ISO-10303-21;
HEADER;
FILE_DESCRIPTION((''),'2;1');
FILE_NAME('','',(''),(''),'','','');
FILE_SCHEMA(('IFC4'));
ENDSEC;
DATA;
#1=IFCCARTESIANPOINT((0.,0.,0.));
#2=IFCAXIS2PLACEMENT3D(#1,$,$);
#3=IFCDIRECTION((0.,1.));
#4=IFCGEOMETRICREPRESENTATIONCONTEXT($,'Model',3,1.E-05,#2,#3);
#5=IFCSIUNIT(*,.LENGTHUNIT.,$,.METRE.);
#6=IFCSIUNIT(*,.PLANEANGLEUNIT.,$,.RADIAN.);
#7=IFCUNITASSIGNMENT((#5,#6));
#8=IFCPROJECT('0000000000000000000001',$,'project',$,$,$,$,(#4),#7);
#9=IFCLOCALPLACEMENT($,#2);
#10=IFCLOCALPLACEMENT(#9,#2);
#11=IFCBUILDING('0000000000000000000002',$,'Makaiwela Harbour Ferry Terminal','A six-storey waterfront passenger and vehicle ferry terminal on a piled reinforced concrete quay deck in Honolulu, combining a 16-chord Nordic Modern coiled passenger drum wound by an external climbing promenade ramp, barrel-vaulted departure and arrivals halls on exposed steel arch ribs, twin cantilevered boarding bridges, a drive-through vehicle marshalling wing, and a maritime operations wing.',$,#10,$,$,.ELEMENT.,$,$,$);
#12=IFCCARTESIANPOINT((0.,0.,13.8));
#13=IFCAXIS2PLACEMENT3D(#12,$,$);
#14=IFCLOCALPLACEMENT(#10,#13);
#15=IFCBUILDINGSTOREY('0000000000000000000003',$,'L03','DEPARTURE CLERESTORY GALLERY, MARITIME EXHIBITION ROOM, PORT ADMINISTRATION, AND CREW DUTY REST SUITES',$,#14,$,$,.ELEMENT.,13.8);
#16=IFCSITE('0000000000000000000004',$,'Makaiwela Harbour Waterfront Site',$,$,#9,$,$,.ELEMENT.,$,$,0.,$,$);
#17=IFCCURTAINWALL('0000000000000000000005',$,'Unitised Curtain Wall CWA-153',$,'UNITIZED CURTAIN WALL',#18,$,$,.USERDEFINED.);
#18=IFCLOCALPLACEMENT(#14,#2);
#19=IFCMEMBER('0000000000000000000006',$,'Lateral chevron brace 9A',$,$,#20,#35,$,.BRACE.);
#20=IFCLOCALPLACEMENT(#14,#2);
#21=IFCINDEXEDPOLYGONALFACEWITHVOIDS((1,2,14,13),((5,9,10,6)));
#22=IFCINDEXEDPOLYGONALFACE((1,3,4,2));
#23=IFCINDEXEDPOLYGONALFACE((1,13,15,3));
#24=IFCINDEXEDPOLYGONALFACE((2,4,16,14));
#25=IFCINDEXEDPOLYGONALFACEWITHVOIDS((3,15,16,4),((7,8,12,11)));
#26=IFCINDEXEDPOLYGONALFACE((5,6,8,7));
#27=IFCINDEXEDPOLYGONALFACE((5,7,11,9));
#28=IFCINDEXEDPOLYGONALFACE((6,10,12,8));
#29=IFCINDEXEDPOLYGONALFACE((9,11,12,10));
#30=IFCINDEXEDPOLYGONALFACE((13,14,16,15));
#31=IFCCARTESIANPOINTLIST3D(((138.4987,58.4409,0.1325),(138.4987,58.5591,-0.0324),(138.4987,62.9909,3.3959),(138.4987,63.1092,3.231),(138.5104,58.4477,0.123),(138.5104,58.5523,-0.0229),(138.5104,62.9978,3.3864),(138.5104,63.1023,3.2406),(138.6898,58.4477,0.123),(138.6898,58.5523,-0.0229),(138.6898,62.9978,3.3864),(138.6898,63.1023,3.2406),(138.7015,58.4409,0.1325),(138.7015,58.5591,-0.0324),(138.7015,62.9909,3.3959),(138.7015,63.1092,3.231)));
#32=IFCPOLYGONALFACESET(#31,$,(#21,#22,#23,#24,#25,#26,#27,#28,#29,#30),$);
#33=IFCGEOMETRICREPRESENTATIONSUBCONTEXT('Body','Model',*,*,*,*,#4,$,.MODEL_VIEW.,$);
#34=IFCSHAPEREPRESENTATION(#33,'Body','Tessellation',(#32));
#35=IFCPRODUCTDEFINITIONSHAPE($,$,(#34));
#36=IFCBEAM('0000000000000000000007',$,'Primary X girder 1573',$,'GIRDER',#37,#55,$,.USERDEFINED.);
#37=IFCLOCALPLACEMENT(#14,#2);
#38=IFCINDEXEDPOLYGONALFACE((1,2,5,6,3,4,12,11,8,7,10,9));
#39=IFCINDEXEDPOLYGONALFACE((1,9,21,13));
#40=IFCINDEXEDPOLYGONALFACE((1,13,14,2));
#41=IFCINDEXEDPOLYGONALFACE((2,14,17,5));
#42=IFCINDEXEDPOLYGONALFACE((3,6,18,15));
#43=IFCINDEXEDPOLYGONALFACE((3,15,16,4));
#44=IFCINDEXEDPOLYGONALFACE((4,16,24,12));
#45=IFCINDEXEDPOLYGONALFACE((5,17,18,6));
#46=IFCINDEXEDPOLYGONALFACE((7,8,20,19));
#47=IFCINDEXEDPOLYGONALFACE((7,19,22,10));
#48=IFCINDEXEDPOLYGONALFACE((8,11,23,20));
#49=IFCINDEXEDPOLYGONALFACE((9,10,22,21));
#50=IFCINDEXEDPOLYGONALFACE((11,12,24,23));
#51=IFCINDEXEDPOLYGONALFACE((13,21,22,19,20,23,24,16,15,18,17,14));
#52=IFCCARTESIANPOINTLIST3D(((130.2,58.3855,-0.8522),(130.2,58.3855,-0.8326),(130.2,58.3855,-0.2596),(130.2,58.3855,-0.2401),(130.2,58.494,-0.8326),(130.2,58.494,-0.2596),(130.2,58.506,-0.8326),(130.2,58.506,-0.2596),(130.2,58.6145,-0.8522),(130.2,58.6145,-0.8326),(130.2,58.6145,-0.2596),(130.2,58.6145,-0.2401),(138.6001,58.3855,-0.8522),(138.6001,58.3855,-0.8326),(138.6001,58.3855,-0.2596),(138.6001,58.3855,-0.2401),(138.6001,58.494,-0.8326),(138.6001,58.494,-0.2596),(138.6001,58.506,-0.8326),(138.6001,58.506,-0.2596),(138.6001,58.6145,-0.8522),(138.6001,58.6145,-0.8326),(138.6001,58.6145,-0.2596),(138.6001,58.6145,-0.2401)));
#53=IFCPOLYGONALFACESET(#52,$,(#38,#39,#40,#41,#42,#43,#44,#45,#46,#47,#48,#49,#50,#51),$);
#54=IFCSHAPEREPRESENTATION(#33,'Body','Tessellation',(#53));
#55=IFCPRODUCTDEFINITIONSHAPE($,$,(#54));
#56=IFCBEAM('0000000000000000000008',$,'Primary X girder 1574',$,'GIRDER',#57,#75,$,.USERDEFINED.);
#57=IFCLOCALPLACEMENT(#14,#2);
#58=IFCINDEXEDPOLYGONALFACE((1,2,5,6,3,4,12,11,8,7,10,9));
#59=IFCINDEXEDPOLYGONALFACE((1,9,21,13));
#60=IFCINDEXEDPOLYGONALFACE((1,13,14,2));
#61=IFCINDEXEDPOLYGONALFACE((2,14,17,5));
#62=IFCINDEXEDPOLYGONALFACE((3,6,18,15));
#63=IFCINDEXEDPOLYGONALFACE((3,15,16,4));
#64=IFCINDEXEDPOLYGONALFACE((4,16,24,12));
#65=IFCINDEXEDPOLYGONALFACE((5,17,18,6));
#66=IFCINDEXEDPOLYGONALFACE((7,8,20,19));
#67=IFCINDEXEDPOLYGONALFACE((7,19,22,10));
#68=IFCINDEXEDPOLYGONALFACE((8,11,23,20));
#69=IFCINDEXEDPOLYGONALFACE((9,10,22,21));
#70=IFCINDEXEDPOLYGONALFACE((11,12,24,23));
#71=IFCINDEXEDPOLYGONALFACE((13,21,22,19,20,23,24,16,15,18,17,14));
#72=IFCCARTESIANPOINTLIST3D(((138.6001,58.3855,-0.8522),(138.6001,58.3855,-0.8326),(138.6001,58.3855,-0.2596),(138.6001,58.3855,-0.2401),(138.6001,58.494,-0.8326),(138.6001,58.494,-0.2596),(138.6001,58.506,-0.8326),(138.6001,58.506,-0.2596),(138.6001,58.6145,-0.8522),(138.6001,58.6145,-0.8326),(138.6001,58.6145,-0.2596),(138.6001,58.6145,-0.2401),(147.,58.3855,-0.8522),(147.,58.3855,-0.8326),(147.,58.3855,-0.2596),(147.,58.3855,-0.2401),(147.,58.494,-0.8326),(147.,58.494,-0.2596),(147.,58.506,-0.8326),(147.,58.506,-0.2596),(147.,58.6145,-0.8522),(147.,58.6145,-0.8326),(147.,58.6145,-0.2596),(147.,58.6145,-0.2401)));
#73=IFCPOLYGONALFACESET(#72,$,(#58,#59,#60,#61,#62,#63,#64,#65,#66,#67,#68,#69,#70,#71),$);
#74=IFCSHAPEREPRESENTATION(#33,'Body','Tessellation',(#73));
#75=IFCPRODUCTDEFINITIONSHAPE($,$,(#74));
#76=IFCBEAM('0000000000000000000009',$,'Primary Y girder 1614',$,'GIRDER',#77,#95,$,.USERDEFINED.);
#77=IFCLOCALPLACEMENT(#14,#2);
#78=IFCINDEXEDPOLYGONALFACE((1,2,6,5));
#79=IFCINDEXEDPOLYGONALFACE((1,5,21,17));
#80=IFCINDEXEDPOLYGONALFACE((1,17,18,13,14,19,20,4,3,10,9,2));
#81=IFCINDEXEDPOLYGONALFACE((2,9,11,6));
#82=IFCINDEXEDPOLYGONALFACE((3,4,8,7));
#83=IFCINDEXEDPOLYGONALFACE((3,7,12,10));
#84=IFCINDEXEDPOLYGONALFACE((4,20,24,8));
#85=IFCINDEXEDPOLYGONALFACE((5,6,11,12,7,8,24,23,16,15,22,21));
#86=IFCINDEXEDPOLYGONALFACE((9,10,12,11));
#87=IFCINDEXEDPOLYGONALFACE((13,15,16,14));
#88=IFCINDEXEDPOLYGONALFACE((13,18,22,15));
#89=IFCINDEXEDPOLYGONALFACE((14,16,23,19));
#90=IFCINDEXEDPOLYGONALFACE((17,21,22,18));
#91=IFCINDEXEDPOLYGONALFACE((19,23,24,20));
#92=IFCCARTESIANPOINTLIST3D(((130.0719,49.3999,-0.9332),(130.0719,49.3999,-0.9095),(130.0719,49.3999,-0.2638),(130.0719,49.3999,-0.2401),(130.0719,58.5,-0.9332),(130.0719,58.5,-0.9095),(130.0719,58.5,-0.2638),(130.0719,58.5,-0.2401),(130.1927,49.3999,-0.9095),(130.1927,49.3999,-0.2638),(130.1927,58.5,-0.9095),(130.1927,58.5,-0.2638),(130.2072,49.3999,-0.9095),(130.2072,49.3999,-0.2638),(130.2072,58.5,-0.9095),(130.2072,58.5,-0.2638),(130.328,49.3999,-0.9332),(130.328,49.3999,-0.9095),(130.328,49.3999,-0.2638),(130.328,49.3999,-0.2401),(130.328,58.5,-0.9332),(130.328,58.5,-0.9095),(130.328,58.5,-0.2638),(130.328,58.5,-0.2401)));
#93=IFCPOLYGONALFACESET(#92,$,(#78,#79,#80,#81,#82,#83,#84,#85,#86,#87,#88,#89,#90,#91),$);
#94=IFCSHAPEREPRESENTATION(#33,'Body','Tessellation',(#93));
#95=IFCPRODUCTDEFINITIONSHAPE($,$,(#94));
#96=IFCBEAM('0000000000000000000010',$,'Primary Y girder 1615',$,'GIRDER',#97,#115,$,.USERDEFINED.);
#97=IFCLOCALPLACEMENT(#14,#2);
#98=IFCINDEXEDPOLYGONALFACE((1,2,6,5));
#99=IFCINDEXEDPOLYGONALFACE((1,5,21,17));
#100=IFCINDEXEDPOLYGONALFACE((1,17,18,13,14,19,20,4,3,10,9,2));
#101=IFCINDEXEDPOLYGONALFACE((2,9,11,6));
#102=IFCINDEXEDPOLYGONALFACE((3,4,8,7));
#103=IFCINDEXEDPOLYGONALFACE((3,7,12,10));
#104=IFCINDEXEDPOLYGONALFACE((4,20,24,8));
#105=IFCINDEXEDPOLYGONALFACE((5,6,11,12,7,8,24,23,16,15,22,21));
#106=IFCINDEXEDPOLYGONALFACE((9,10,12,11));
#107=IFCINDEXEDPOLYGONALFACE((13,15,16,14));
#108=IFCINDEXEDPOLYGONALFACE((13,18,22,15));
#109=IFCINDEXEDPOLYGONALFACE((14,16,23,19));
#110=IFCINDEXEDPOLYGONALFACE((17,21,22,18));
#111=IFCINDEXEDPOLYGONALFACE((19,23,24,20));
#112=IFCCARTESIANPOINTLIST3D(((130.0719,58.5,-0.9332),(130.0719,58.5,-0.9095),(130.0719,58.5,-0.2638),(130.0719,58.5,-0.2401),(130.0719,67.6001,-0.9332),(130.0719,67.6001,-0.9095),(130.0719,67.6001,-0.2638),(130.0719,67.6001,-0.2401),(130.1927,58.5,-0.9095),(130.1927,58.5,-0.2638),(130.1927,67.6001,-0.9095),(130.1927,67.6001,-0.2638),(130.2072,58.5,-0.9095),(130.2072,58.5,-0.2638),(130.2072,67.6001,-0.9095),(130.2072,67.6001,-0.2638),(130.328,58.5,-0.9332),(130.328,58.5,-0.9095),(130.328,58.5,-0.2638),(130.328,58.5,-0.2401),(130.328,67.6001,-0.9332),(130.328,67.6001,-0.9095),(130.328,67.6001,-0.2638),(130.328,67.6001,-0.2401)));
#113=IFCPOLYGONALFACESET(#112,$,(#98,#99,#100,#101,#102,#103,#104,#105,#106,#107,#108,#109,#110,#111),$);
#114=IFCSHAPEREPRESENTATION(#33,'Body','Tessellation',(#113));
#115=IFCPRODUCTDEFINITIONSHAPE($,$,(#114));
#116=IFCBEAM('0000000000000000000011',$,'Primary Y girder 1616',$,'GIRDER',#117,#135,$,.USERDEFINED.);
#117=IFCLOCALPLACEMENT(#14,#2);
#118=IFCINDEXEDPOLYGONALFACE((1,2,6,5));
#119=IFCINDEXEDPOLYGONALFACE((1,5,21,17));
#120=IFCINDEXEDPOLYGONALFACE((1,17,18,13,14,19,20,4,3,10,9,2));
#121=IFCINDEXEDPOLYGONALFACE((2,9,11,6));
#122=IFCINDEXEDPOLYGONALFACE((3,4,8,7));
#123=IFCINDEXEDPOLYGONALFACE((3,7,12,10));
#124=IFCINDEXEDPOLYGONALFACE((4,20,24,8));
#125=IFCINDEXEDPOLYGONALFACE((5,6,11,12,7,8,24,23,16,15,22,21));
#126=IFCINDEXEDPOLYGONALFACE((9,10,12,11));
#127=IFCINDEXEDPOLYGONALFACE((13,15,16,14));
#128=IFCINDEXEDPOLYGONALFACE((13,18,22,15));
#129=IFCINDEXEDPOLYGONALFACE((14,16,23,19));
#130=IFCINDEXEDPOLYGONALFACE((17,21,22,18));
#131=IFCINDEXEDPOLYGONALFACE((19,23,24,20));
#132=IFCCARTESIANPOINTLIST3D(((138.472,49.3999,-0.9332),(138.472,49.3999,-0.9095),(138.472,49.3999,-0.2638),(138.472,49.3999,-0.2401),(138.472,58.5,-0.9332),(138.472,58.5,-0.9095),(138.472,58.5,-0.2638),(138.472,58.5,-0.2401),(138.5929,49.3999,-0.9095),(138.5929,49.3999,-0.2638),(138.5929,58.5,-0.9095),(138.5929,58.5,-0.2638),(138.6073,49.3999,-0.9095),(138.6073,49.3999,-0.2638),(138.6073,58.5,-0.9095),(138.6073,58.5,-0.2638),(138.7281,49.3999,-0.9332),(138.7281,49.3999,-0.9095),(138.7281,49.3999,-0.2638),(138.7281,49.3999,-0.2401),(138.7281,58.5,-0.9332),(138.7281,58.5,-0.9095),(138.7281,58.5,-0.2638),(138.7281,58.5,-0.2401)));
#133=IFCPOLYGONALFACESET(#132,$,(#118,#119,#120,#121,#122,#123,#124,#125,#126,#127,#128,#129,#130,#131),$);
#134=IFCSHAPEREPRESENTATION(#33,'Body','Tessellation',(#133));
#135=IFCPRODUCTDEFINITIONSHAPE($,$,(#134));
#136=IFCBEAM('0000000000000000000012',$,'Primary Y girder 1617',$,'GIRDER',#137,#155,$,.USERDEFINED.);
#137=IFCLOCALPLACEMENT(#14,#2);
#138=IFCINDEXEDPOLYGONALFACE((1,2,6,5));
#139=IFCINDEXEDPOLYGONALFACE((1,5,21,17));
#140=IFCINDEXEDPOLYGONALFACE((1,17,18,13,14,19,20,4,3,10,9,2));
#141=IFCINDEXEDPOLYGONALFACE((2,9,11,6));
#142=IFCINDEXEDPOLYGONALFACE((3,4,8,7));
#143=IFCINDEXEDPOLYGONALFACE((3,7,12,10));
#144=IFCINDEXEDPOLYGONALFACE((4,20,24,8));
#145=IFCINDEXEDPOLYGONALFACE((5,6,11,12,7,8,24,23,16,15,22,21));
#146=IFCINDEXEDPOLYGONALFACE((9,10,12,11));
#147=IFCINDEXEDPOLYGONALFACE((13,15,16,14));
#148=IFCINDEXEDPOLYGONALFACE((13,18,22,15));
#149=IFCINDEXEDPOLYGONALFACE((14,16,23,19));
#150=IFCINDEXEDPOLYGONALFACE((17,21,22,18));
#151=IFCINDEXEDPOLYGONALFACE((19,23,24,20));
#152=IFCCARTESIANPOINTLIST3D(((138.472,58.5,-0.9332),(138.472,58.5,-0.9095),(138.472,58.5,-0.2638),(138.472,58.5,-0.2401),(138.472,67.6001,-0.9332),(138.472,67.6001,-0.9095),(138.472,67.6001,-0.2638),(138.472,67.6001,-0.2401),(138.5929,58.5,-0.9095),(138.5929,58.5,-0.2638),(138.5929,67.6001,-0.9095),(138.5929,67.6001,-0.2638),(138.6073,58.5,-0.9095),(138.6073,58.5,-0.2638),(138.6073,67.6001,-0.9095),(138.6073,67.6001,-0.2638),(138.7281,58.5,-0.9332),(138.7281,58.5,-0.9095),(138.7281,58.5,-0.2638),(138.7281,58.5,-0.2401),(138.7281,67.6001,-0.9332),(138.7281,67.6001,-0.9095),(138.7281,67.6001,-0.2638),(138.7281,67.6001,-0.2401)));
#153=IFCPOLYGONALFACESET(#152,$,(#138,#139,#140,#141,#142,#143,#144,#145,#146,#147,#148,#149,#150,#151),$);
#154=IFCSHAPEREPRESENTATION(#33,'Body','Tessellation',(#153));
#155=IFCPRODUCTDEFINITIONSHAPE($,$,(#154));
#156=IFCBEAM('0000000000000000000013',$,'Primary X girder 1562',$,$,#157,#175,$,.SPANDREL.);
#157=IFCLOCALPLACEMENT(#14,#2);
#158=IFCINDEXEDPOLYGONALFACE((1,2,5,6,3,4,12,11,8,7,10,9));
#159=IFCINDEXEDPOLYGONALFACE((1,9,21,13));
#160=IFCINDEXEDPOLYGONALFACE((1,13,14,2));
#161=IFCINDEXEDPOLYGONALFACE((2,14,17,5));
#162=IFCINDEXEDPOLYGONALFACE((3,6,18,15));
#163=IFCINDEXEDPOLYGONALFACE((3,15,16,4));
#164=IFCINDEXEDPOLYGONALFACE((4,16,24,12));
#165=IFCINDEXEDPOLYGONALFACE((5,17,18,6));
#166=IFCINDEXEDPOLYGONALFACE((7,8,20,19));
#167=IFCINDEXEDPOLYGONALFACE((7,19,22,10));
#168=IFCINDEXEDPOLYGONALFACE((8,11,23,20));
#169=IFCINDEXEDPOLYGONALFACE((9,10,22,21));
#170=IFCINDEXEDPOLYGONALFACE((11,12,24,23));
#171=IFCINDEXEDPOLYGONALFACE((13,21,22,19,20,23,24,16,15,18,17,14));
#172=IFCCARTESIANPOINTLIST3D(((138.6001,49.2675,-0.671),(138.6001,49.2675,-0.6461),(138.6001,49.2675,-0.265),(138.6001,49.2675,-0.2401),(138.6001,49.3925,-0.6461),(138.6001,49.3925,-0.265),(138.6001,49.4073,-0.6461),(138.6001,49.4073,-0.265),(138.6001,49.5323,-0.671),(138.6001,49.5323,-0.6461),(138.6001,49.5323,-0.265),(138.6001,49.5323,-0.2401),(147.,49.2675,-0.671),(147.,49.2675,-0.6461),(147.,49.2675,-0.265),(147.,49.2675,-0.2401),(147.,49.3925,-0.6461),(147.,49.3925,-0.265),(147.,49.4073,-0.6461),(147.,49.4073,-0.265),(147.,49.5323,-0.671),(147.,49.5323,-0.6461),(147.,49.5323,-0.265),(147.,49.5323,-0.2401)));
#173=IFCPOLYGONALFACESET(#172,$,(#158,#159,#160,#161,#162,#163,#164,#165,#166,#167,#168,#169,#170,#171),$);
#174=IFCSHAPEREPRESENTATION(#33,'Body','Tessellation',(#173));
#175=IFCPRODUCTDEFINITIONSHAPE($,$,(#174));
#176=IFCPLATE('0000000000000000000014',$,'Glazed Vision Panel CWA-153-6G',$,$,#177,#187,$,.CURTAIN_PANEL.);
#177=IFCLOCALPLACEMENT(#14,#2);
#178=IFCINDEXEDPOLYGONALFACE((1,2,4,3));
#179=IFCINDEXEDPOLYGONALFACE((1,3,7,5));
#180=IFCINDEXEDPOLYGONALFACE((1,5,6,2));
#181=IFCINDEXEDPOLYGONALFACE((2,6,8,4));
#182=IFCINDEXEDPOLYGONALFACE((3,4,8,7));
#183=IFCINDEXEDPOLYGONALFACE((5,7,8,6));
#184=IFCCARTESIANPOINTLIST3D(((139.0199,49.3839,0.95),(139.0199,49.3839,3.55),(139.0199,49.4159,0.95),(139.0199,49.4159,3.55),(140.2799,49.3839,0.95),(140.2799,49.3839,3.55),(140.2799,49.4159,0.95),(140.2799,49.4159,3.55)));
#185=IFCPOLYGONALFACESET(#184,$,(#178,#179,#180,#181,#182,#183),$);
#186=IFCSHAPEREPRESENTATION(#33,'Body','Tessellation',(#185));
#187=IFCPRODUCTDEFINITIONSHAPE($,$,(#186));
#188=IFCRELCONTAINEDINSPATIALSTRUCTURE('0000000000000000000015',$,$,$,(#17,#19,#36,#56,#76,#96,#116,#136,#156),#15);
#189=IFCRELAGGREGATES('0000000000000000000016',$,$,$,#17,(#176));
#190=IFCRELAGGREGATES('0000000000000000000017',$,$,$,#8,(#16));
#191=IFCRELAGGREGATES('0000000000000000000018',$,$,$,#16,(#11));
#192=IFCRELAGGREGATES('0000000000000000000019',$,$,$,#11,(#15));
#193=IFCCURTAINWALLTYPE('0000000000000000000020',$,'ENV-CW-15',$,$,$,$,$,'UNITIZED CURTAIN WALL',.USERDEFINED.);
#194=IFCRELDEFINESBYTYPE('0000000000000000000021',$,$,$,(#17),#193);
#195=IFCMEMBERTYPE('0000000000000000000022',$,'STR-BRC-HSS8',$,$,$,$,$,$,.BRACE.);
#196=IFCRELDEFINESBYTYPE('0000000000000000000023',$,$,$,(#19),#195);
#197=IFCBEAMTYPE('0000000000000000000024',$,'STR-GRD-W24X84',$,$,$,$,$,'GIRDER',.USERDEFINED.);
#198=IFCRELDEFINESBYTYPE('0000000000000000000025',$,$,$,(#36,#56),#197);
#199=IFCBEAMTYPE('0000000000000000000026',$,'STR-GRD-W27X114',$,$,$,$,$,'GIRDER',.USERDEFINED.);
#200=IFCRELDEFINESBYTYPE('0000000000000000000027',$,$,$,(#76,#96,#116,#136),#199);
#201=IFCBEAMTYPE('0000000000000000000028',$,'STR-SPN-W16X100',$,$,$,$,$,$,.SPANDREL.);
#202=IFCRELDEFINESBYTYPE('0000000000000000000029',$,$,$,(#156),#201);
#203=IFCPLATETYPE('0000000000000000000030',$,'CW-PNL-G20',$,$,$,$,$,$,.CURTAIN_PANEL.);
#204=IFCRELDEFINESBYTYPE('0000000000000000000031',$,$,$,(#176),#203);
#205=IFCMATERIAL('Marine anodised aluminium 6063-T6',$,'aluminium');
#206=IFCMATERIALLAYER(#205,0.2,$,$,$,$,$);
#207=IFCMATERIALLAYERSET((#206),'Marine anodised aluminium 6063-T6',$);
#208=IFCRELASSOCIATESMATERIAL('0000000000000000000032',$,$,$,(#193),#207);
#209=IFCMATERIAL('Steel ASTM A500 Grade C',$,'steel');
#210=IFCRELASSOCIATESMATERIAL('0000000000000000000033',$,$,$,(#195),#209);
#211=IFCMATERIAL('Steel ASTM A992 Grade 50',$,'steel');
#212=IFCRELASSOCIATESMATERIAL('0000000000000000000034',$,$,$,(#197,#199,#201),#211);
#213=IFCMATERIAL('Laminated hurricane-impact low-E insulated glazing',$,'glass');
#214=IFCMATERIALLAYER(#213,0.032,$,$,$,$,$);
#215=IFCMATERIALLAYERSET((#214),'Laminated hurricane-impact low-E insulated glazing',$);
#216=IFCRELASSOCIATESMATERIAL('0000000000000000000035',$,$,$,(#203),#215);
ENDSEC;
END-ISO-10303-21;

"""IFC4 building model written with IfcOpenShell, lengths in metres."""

from ifc_helpers import new_model, si_unit, direction, frame, origin, origin_2d, place, context, subcontext, project, spatial, rectangle, hollow_rectangle, i_section, extrude, material, layer, layer_set, material_profile, profile_set, type_object, element, aggregate, save


model = new_model("IFC4")

# Units and contexts
model_context = context("Model", 3, precision=1e-05, world=origin(), true_north=direction((0.0, 1.0)))
body_context = subcontext(model_context, "Body", "Model", "MODEL_VIEW")
ifc_project = project(units=[si_unit("LENGTHUNIT", "METRE"), si_unit("PLANEANGLEUNIT", "RADIAN")], contexts=[model_context])

# Site, building, storey
site_placement = place(None, origin())
site = spatial("IfcSite", under=ifc_project, at=site_placement, Name="Makaiwela Harbour Waterfront Site", CompositionType="ELEMENT", RefElevation=0.0)
building_placement = place(site_placement, origin())
building = spatial("IfcBuilding", under=site, at=building_placement, Name="Makaiwela Harbour Ferry Terminal", Description="A six-storey waterfront passenger and vehicle ferry terminal on a piled reinforced concrete quay deck in Honolulu, combining a 16-chord Nordic Modern coiled passenger drum wound by an external climbing promenade ramp, barrel-vaulted departure and arrivals halls on exposed steel arch ribs, twin cantilevered boarding bridges, a drive-through vehicle marshalling wing, and a maritime operations wing.", CompositionType="ELEMENT")
storey_placement = place(building_placement, frame((0.0, 0.0, 13.8)))
storey = spatial("IfcBuildingStorey", under=building, at=storey_placement, Name="L03", Description="DEPARTURE CLERESTORY GALLERY, MARITIME EXHIBITION ROOM, PORT ADMINISTRATION, AND CREW DUTY REST SUITES", CompositionType="ELEMENT", Elevation=13.8)

# Shared definitions
ifc_material_1 = material(Name="Steel ASTM A992 Grade 50", Category="steel")

# Curtain wall
ifc_material_2 = material(Name="Marine anodised aluminium 6063-T6", Category="aluminium")
ifc_layer_1 = layer(ifc_material_2, 0.2)
ifc_layer_set_1 = layer_set([ifc_layer_1], Name="Marine anodised aluminium 6063-T6")
curtain_wall_type = type_object("IfcCurtainWallType", Name="ENV-CW-15", ElementType="UNITIZED CURTAIN WALL", PredefinedType="USERDEFINED", material=ifc_layer_set_1)
curtain_wall_placement = place(storey_placement, origin())
curtain_wall = element("IfcCurtainWall", 1, at=curtain_wall_placement, inside=storey, type_object=curtain_wall_type, Name="Unitised Curtain Wall CWA-153", ObjectType="UNITIZED CURTAIN WALL", PredefinedType="USERDEFINED")

# Member
ifc_material_3 = material(Name="Steel ASTM A500 Grade C", Category="steel")
ifc_material_profile_1 = material_profile(ifc_material_3, hollow_rectangle(XDim=0.2029, YDim=0.2029, WallThickness=0.0117, at=origin_2d()), Name="HSS8X8X1/2")
ifc_profile_set_1 = profile_set([ifc_material_profile_1], Name="Steel ASTM A500 Grade C")
member_type_1 = type_object("IfcMemberType", Name="STR-BRC-HSS8", PredefinedType="BRACE", material=ifc_profile_set_1)
member_1_placement = place(storey_placement, frame((138.6001, 58.5, 0.05), z_axis=(0.0, 0.812601, 0.582821), x_axis=(-1.0, 0.0, 0.0)))
element("IfcMember", 2, at=member_1_placement, inside=storey, type_object=member_type_1, Name="Lateral chevron brace 9A", PredefinedType="BRACE", context=body_context, shape_type="SweptSolid", body=[
    extrude(hollow_rectangle(XDim=0.2029, YDim=0.2029, WallThickness=0.0117, at=origin_2d()), origin(), (0.0, 0.0, 1.0), 5.5994),
])

# Beams
ifc_material_profile_2 = material_profile(ifc_material_1, i_section(OverallWidth=0.229, OverallDepth=0.6121, WebThickness=0.012, FlangeThickness=0.0195, at=origin_2d()), Name="W24X84")
ifc_profile_set_2 = profile_set([ifc_material_profile_2], Name="Steel ASTM A992 Grade 50")
beam_type_1 = type_object("IfcBeamType", Name="STR-GRD-W24X84", ElementType="GIRDER", PredefinedType="USERDEFINED", material=ifc_profile_set_2)
beam_1_placement = place(storey_placement, frame((130.2, 58.5, -0.5461), z_axis=(1.0, 0.0, 0.0), x_axis=(0.0, 1.0, 0.0)))
element("IfcBeam", 3, at=beam_1_placement, inside=storey, type_object=beam_type_1, Name="Primary X girder 1573", ObjectType="GIRDER", PredefinedType="USERDEFINED", context=body_context, shape_type="SweptSolid", body=[
    extrude(i_section(OverallWidth=0.229, OverallDepth=0.6121, WebThickness=0.012, FlangeThickness=0.0195, at=origin_2d()), origin(), (0.0, 0.0, 1.0), 8.4001),
])
beam_2_placement = place(storey_placement, frame((138.6001, 58.5, -0.5461), z_axis=(1.0, 0.0, 0.0), x_axis=(0.0, 1.0, 0.0)))
element("IfcBeam", 4, at=beam_2_placement, inside=storey, type_object=beam_type_1, Name="Primary X girder 1574", ObjectType="GIRDER", PredefinedType="USERDEFINED", context=body_context, shape_type="SweptSolid", body=[
    extrude(i_section(OverallWidth=0.229, OverallDepth=0.6121, WebThickness=0.012, FlangeThickness=0.0195, at=origin_2d()), origin(), (0.0, 0.0, 1.0), 8.3999),
])
ifc_material_profile_3 = material_profile(ifc_material_1, i_section(OverallWidth=0.2561, OverallDepth=0.6931, WebThickness=0.0144, FlangeThickness=0.0237, at=origin_2d()), Name="W27X114")
ifc_profile_set_3 = profile_set([ifc_material_profile_3], Name="Steel ASTM A992 Grade 50")
beam_type_2 = type_object("IfcBeamType", Name="STR-GRD-W27X114", ElementType="GIRDER", PredefinedType="USERDEFINED", material=ifc_profile_set_3)
for number, where, z_axis, x_axis, name in (
    (5, (130.2, 49.3999, -0.5867), (0.0, 1.0, 0.0), (-1.0, 0.0, 0.0), "Primary Y girder 1614"),
    (6, (130.2, 58.5, -0.5867), (0.0, 1.0, 0.0), (-1.0, 0.0, 0.0), "Primary Y girder 1615"),
    (7, (138.6001, 49.3999, -0.5867), (0.0, 1.0, 0.0), (-1.0, 0.0, 0.0), "Primary Y girder 1616"),
    (8, (138.6001, 58.5, -0.5867), (0.0, 1.0, 0.0), (-1.0, 0.0, 0.0), "Primary Y girder 1617"),
):
    element("IfcBeam", number, at=place(storey_placement, frame(where, z_axis=z_axis, x_axis=x_axis)), inside=storey, type_object=beam_type_2, Name=name, ObjectType="GIRDER", PredefinedType="USERDEFINED", context=body_context, shape_type="SweptSolid", body=[
        extrude(i_section(OverallWidth=0.2561, OverallDepth=0.6931, WebThickness=0.0144, FlangeThickness=0.0237, at=origin_2d()), origin(), (0.0, 0.0, 1.0), 9.1001),
    ])
ifc_material_profile_4 = material_profile(ifc_material_1, i_section(OverallWidth=0.2649, OverallDepth=0.4309, WebThickness=0.0149, FlangeThickness=0.0249, at=origin_2d()), Name="W16X100")
ifc_profile_set_4 = profile_set([ifc_material_profile_4], Name="Steel ASTM A992 Grade 50")
beam_type_3 = type_object("IfcBeamType", Name="STR-SPN-W16X100", PredefinedType="SPANDREL", material=ifc_profile_set_4)
beam_3_placement = place(storey_placement, frame((138.6001, 49.3999, -0.4556), z_axis=(1.0, 0.0, 0.0), x_axis=(0.0, 1.0, 0.0)))
element("IfcBeam", 9, at=beam_3_placement, inside=storey, type_object=beam_type_3, Name="Primary X girder 1562", PredefinedType="SPANDREL", context=body_context, shape_type="SweptSolid", body=[
    extrude(i_section(OverallWidth=0.2649, OverallDepth=0.4309, WebThickness=0.0149, FlangeThickness=0.0249, at=origin_2d()), origin(), (0.0, 0.0, 1.0), 8.3999),
])

# Plate
ifc_material_4 = material(Name="Laminated hurricane-impact low-E insulated glazing", Category="glass")
ifc_layer_2 = layer(ifc_material_4, 0.032)
ifc_layer_set_2 = layer_set([ifc_layer_2], Name="Laminated hurricane-impact low-E insulated glazing")
plate_type_1 = type_object("IfcPlateType", Name="CW-PNL-G20", PredefinedType="CURTAIN_PANEL", material=ifc_layer_set_2)
plate_1_placement = place(storey_placement, frame((139.6499, 49.3999, 0.95), z_axis=(0.0, 0.0, 1.0), x_axis=(-1.0, 0.0, 0.0)))
plate_1 = element("IfcPlate", 10, at=plate_1_placement, type_object=plate_type_1, Name="Glazed Vision Panel CWA-153-6G", PredefinedType="CURTAIN_PANEL", context=body_context, shape_type="SweptSolid", body=[
    extrude(rectangle(XDim=1.26, YDim=0.032, at=origin_2d()), origin(), (0.0, 0.0, 1.0), 2.6001),
])
aggregate(curtain_wall, [plate_1])

save(model, "model.ifc")
